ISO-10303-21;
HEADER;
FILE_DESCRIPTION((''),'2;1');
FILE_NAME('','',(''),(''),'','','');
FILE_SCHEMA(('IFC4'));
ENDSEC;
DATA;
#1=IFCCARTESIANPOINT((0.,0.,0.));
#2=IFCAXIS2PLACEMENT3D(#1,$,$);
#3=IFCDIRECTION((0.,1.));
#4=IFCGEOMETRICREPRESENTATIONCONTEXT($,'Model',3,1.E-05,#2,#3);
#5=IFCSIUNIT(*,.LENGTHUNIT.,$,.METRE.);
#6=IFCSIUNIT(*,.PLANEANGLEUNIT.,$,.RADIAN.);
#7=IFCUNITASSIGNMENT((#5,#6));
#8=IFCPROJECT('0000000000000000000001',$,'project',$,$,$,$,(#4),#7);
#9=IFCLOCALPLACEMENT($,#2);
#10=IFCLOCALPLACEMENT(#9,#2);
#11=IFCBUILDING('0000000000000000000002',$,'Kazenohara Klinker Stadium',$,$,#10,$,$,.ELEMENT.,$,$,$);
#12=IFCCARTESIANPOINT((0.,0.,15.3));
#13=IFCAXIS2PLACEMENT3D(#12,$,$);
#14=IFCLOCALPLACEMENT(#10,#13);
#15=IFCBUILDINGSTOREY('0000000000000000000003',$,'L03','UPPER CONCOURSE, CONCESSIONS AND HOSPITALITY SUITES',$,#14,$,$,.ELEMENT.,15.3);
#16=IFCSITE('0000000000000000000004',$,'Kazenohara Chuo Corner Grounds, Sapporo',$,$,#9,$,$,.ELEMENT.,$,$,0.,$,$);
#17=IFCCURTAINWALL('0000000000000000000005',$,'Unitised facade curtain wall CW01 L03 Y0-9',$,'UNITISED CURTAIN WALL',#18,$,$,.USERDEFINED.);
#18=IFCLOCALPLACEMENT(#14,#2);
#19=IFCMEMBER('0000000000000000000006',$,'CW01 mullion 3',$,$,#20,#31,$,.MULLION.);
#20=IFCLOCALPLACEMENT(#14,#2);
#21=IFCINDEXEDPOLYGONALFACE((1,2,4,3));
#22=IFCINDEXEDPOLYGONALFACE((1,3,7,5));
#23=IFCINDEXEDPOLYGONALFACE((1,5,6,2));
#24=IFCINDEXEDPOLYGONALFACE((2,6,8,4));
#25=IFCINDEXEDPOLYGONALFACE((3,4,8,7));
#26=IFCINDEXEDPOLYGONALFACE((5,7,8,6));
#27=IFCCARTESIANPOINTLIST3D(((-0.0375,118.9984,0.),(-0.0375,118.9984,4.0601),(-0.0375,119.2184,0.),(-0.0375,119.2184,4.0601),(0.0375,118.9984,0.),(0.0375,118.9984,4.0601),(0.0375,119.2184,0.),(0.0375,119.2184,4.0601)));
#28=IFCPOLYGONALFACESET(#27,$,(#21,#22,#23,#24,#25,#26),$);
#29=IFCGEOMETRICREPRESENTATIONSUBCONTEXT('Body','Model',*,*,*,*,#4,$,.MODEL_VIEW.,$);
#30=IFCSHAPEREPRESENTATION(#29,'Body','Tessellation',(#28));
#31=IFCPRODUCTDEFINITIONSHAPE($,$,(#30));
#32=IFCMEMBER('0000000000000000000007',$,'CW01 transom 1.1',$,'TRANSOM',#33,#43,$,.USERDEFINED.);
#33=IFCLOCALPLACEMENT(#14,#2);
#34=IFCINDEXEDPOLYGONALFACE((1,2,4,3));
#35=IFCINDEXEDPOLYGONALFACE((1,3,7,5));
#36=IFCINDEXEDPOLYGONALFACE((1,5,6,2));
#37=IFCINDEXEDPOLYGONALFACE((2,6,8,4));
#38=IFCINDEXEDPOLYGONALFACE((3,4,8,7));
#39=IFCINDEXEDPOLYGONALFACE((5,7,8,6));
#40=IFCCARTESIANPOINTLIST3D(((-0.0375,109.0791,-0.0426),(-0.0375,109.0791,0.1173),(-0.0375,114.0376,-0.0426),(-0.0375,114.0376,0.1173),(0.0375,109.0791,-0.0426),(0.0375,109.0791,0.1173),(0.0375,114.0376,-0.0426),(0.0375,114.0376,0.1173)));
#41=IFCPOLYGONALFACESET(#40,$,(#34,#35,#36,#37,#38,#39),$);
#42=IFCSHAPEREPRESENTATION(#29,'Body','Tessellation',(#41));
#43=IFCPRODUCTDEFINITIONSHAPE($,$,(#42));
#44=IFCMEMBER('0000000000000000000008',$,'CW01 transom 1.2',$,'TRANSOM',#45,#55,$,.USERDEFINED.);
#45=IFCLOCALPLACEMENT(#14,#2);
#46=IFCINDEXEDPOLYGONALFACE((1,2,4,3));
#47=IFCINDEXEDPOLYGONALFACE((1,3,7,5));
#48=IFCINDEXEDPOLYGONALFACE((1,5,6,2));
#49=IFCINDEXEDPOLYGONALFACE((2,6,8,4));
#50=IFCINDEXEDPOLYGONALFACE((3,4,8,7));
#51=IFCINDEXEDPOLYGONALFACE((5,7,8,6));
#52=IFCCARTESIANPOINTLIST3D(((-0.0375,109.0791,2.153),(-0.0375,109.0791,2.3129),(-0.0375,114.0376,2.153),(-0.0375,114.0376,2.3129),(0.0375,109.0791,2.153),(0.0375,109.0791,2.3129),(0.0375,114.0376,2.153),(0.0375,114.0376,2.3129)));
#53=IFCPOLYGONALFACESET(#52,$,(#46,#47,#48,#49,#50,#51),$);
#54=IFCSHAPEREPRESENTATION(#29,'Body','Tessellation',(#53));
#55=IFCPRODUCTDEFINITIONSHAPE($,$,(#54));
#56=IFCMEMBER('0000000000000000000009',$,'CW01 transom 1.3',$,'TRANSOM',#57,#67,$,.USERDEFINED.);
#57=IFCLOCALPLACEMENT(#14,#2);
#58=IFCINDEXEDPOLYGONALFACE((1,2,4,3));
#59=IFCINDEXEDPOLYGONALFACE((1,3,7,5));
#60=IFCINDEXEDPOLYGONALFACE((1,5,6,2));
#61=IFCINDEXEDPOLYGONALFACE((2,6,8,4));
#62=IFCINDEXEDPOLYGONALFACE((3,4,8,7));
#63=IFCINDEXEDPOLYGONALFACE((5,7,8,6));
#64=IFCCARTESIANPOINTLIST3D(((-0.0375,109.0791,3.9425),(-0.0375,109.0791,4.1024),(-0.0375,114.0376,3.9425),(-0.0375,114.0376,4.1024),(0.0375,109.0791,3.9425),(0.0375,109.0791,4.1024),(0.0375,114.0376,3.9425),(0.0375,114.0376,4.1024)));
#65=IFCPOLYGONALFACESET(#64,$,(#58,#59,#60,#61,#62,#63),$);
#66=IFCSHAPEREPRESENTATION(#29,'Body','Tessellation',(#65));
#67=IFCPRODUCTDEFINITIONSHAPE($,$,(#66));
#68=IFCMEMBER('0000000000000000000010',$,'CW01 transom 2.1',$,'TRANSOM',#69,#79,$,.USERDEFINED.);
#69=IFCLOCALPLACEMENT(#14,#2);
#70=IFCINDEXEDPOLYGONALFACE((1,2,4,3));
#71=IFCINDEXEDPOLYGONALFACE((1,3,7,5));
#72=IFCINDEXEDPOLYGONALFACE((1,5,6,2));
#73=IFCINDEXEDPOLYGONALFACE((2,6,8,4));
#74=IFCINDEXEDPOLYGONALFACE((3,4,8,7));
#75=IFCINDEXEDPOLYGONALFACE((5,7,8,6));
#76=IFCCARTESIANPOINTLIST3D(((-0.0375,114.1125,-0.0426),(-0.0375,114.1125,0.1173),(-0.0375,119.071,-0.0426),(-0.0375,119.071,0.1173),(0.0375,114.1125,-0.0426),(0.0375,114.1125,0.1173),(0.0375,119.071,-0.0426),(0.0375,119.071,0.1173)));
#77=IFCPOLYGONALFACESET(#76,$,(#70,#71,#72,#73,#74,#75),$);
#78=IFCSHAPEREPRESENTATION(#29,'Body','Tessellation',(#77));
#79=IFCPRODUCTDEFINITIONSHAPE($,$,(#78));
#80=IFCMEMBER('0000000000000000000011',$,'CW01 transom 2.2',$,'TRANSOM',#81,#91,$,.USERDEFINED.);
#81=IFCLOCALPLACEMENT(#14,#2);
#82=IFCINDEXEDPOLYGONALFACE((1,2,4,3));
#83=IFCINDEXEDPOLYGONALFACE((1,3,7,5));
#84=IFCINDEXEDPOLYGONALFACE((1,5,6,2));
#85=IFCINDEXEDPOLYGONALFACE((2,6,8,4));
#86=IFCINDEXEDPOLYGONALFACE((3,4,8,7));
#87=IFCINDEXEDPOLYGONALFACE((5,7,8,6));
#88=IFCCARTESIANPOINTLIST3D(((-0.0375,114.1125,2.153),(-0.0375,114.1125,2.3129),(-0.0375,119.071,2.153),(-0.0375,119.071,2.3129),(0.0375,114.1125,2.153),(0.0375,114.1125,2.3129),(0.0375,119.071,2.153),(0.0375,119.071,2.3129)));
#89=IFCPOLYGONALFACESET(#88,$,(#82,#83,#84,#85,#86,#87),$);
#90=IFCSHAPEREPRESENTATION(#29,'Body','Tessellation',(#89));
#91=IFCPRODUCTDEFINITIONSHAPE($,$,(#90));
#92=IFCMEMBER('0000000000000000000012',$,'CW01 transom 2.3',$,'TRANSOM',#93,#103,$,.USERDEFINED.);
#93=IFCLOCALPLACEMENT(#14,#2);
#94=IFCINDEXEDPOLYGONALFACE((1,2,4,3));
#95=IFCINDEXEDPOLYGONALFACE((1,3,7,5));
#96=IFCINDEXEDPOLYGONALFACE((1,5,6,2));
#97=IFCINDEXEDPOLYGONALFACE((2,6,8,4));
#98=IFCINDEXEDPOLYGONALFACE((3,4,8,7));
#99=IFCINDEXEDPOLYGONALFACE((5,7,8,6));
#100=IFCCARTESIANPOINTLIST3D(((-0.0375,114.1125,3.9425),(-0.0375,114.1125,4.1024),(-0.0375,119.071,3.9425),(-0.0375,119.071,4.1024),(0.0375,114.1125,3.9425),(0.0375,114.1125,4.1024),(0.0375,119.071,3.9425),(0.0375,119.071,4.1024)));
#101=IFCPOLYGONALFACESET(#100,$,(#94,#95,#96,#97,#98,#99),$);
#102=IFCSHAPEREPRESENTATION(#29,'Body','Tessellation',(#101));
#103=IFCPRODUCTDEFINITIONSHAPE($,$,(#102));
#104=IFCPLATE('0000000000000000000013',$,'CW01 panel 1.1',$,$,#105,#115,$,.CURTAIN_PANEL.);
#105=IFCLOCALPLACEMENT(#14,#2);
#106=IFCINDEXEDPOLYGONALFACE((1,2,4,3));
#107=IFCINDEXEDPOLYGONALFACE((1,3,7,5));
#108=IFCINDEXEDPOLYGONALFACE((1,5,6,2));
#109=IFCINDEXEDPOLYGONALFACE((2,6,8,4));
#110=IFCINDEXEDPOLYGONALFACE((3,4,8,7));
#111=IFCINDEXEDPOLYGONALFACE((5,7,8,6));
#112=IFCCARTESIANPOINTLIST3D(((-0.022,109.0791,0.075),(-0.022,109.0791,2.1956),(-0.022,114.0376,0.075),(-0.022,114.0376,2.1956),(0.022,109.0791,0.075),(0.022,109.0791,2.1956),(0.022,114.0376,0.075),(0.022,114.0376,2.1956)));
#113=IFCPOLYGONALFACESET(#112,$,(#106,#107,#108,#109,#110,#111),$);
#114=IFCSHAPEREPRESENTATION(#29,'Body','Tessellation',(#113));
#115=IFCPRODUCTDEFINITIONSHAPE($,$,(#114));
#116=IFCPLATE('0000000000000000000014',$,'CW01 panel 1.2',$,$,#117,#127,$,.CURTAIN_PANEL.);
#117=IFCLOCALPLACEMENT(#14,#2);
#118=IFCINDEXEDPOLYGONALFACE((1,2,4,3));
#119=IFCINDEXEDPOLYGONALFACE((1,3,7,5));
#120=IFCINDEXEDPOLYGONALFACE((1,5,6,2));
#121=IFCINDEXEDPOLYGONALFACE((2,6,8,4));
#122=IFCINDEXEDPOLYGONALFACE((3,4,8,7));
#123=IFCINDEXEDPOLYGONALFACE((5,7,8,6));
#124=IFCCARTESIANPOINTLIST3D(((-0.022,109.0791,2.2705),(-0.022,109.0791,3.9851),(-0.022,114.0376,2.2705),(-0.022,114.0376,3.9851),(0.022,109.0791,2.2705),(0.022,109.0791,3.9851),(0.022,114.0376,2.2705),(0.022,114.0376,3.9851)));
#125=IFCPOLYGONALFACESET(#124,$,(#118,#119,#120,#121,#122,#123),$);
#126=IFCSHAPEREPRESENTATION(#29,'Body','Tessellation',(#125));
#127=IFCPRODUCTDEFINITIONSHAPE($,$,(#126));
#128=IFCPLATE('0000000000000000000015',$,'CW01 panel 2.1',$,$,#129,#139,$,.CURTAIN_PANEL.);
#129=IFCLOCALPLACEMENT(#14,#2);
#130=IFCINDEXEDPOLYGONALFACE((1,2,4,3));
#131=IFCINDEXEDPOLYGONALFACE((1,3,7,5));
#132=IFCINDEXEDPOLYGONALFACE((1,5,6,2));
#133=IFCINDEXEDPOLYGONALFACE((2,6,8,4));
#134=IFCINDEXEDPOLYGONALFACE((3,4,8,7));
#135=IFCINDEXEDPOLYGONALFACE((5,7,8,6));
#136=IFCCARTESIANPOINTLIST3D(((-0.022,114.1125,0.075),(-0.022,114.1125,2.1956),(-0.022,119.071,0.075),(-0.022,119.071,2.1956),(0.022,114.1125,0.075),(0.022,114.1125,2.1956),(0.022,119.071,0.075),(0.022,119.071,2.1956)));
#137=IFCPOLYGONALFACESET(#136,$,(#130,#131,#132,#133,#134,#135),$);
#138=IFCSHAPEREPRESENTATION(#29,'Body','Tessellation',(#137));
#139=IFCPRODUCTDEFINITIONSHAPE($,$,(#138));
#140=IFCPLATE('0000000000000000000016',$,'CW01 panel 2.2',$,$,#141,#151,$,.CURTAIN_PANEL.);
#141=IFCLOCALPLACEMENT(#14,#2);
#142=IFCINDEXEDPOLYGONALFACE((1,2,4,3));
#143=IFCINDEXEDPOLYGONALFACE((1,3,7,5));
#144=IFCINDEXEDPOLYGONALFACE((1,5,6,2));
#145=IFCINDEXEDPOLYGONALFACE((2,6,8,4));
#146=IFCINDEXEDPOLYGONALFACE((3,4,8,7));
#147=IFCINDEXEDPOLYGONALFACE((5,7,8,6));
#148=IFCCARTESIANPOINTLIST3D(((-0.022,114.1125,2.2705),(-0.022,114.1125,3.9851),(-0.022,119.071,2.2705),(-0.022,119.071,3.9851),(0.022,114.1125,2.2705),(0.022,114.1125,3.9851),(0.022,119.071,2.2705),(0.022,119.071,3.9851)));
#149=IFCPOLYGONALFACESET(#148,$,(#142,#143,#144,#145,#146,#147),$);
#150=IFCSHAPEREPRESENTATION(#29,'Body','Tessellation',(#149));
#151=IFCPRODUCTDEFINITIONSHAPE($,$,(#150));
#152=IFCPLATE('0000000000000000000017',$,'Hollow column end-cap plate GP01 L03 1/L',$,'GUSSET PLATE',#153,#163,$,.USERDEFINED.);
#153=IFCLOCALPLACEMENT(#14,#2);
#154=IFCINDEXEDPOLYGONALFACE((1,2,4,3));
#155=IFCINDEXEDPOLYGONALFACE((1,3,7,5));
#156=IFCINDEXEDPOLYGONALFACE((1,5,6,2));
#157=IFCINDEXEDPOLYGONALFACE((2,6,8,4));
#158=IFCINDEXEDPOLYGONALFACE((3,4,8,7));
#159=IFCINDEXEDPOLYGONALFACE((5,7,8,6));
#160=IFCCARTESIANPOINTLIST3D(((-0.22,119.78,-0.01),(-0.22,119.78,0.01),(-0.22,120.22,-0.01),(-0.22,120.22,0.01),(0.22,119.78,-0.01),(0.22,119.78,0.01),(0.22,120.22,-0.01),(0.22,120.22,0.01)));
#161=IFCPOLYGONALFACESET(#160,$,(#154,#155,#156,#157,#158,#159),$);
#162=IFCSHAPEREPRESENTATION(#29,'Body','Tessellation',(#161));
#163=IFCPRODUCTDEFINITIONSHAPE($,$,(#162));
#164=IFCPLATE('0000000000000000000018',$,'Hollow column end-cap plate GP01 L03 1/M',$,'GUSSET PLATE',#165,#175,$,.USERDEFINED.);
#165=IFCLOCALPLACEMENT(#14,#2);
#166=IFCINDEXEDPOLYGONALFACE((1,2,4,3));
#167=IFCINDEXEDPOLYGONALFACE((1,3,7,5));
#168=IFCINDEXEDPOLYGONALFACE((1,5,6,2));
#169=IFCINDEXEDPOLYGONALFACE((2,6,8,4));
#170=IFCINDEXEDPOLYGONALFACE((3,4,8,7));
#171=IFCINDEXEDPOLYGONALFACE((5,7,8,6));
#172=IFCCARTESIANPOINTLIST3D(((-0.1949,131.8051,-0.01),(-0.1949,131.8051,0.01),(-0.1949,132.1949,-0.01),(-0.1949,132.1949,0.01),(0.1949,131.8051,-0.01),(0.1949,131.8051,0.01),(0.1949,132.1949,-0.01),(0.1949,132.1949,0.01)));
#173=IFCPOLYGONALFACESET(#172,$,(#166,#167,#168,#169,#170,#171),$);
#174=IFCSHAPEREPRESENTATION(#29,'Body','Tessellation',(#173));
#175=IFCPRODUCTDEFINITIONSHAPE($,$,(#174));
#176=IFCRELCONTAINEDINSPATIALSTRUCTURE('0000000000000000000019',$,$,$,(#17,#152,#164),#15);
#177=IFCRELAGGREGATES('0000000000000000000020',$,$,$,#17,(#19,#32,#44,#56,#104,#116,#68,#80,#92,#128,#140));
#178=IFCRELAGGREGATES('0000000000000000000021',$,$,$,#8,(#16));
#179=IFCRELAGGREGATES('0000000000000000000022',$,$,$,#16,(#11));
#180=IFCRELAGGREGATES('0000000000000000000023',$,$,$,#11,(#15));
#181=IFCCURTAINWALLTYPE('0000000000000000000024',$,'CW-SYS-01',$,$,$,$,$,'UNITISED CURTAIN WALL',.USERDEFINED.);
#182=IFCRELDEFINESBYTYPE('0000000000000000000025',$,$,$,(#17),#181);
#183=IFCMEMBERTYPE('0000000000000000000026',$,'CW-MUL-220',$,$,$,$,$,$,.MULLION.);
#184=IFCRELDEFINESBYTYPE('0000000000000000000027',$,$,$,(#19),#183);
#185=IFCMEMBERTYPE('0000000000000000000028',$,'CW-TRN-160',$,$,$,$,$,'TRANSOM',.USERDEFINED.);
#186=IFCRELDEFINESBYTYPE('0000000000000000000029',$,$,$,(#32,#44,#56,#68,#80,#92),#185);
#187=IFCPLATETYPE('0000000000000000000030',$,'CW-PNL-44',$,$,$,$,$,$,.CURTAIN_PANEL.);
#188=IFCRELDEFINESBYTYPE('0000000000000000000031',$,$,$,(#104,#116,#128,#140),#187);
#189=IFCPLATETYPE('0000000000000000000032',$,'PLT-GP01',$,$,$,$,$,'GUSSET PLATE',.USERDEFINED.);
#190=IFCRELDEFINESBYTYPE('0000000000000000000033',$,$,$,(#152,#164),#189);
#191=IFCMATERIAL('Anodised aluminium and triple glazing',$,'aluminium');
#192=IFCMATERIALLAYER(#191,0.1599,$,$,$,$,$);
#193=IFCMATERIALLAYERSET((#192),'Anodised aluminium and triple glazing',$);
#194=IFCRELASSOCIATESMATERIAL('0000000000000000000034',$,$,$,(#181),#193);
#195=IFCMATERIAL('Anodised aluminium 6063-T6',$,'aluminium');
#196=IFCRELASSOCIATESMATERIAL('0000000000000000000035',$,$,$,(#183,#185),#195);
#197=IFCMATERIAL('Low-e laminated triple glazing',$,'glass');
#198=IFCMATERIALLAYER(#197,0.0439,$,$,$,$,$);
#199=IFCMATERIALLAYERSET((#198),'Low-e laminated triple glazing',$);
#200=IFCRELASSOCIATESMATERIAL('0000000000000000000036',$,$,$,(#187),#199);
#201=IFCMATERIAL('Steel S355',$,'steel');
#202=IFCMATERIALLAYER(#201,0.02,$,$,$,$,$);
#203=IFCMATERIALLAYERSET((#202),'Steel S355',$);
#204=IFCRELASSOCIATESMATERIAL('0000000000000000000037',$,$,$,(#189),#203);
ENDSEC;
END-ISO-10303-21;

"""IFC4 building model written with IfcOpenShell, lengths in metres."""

from ifc_helpers import new_model, si_unit, direction, frame, origin, origin_2d, place, context, subcontext, project, spatial, rectangle, extrude, material, layer, layer_set, material_profile, profile_set, type_object, element, aggregate, save


model = new_model("IFC4")

# Units and contexts
model_context = context("Model", 3, precision=1e-05, world=origin(), true_north=direction((0.0, 1.0)))
body_context = subcontext(model_context, "Body", "Model", "MODEL_VIEW")
ifc_project = project(units=[si_unit("LENGTHUNIT", "METRE"), si_unit("PLANEANGLEUNIT", "RADIAN")], contexts=[model_context])

# Site, building, storey
site_placement = place(None, origin())
site = spatial("IfcSite", under=ifc_project, at=site_placement, Name="Kazenohara Chuo Corner Grounds, Sapporo", CompositionType="ELEMENT", RefElevation=0.0)
building_placement = place(site_placement, origin())
building = spatial("IfcBuilding", under=site, at=building_placement, Name="Kazenohara Klinker Stadium", CompositionType="ELEMENT")
storey_placement = place(building_placement, frame((0.0, 0.0, 15.3)))
storey = spatial("IfcBuildingStorey", under=building, at=storey_placement, Name="L03", Description="UPPER CONCOURSE, CONCESSIONS AND HOSPITALITY SUITES", CompositionType="ELEMENT", Elevation=15.3)

# Shared definitions
ifc_material_1 = material(Name="Steel S355", Category="steel")

# Curtain wall, members, plates
ifc_material_2 = material(Name="Anodised aluminium and triple glazing", Category="aluminium")
ifc_layer_1 = layer(ifc_material_2, 0.1599)
ifc_layer_set_1 = layer_set([ifc_layer_1], Name="Anodised aluminium and triple glazing")
curtain_wall_type = type_object("IfcCurtainWallType", Name="CW-SYS-01", ElementType="UNITISED CURTAIN WALL", PredefinedType="USERDEFINED", material=ifc_layer_set_1)
curtain_wall_placement = place(storey_placement, origin())
curtain_wall = element("IfcCurtainWall", 1, at=curtain_wall_placement, inside=storey, type_object=curtain_wall_type, Name="Unitised facade curtain wall CW01 L03 Y0-9", ObjectType="UNITISED CURTAIN WALL", PredefinedType="USERDEFINED")
ifc_material_3 = material(Name="Anodised aluminium 6063-T6", Category="aluminium")
ifc_material_profile_1 = material_profile(ifc_material_3, rectangle(XDim=0.075, YDim=0.22, at=origin_2d()), Name="ALU-MUL-75x220")
ifc_profile_set_1 = profile_set([ifc_material_profile_1], Name="Anodised aluminium 6063-T6")
member_type_1 = type_object("IfcMemberType", Name="CW-MUL-220", PredefinedType="MULLION", material=ifc_profile_set_1)
member_1_placement = place(storey_placement, frame((0.0, 119.1084, 0.0), z_axis=(0.0, 0.0, 1.0), x_axis=(-1.0, 0.0, 0.0)))
member_1 = element("IfcMember", 2, at=member_1_placement, type_object=member_type_1, Name="CW01 mullion 3", PredefinedType="MULLION", context=body_context, shape_type="SweptSolid", body=[
    extrude(rectangle(XDim=0.075, YDim=0.22, at=origin_2d()), origin(), (0.0, 0.0, 1.0), 4.0601),
])
ifc_material_profile_2 = material_profile(ifc_material_3, rectangle(XDim=0.075, YDim=0.1599, at=origin_2d()), Name="ALU-TRN-75x160")
ifc_profile_set_2 = profile_set([ifc_material_profile_2], Name="Anodised aluminium 6063-T6")
member_type_2 = type_object("IfcMemberType", Name="CW-TRN-160", ElementType="TRANSOM", PredefinedType="USERDEFINED", material=ifc_profile_set_2)
member_2_placement = place(storey_placement, frame((0.0, 109.0791, 0.0374), z_axis=(0.0, 1.0, 0.0), x_axis=(-1.0, 0.0, 0.0)))
member_2 = element("IfcMember", 3, at=member_2_placement, type_object=member_type_2, Name="CW01 transom 1.1", ObjectType="TRANSOM", PredefinedType="USERDEFINED", context=body_context, shape_type="SweptSolid", body=[
    extrude(rectangle(XDim=0.075, YDim=0.1599, at=origin_2d()), origin(), (0.0, 0.0, 1.0), 4.9585),
])
member_3_placement = place(storey_placement, frame((0.0, 109.0791, 2.2329), z_axis=(0.0, 1.0, 0.0), x_axis=(-1.0, 0.0, 0.0)))
member_3 = element("IfcMember", 4, at=member_3_placement, type_object=member_type_2, Name="CW01 transom 1.2", ObjectType="TRANSOM", PredefinedType="USERDEFINED", context=body_context, shape_type="SweptSolid", body=[
    extrude(rectangle(XDim=0.075, YDim=0.1599, at=origin_2d()), origin(), (0.0, 0.0, 1.0), 4.9585),
])
member_4_placement = place(storey_placement, frame((0.0, 109.0791, 4.0225), z_axis=(0.0, 1.0, 0.0), x_axis=(-1.0, 0.0, 0.0)))
member_4 = element("IfcMember", 5, at=member_4_placement, type_object=member_type_2, Name="CW01 transom 1.3", ObjectType="TRANSOM", PredefinedType="USERDEFINED", context=body_context, shape_type="SweptSolid", body=[
    extrude(rectangle(XDim=0.075, YDim=0.1599, at=origin_2d()), origin(), (0.0, 0.0, 1.0), 4.9585),
])
member_5_placement = place(storey_placement, frame((0.0, 114.1125, 0.0374), z_axis=(0.0, 1.0, 0.0), x_axis=(-1.0, 0.0, 0.0)))
member_5 = element("IfcMember", 6, at=member_5_placement, type_object=member_type_2, Name="CW01 transom 2.1", ObjectType="TRANSOM", PredefinedType="USERDEFINED", context=body_context, shape_type="SweptSolid", body=[
    extrude(rectangle(XDim=0.075, YDim=0.1599, at=origin_2d()), origin(), (0.0, 0.0, 1.0), 4.9585),
])
member_6_placement = place(storey_placement, frame((0.0, 114.1125, 2.2329), z_axis=(0.0, 1.0, 0.0), x_axis=(-1.0, 0.0, 0.0)))
member_6 = element("IfcMember", 7, at=member_6_placement, type_object=member_type_2, Name="CW01 transom 2.2", ObjectType="TRANSOM", PredefinedType="USERDEFINED", context=body_context, shape_type="SweptSolid", body=[
    extrude(rectangle(XDim=0.075, YDim=0.1599, at=origin_2d()), origin(), (0.0, 0.0, 1.0), 4.9585),
])
member_7_placement = place(storey_placement, frame((0.0, 114.1125, 4.0225), z_axis=(0.0, 1.0, 0.0), x_axis=(-1.0, 0.0, 0.0)))
member_7 = element("IfcMember", 8, at=member_7_placement, type_object=member_type_2, Name="CW01 transom 2.3", ObjectType="TRANSOM", PredefinedType="USERDEFINED", context=body_context, shape_type="SweptSolid", body=[
    extrude(rectangle(XDim=0.075, YDim=0.1599, at=origin_2d()), origin(), (0.0, 0.0, 1.0), 4.9585),
])
ifc_material_4 = material(Name="Low-e laminated triple glazing", Category="glass")
ifc_layer_2 = layer(ifc_material_4, 0.0439)
ifc_layer_set_2 = layer_set([ifc_layer_2], Name="Low-e laminated triple glazing")
plate_type_1 = type_object("IfcPlateType", Name="CW-PNL-44", PredefinedType="CURTAIN_PANEL", material=ifc_layer_set_2)
plate_1_placement = place(storey_placement, frame((0.0, 111.5583, 0.075), z_axis=(0.0, 0.0, 1.0), x_axis=(0.0, 1.0, 0.0)))
plate_1 = element("IfcPlate", 9, at=plate_1_placement, type_object=plate_type_1, Name="CW01 panel 1.1", PredefinedType="CURTAIN_PANEL", context=body_context, shape_type="SweptSolid", body=[
    extrude(rectangle(XDim=4.9585, YDim=0.0439, at=origin_2d()), origin(), (0.0, 0.0, 1.0), 2.1206),
])
plate_2_placement = place(storey_placement, frame((0.0, 111.5583, 2.2705), z_axis=(0.0, 0.0, 1.0), x_axis=(0.0, 1.0, 0.0)))
plate_2 = element("IfcPlate", 10, at=plate_2_placement, type_object=plate_type_1, Name="CW01 panel 1.2", PredefinedType="CURTAIN_PANEL", context=body_context, shape_type="SweptSolid", body=[
    extrude(rectangle(XDim=4.9585, YDim=0.0439, at=origin_2d()), origin(), (0.0, 0.0, 1.0), 1.7146),
])
plate_3_placement = place(storey_placement, frame((0.0, 116.5918, 0.075), z_axis=(0.0, 0.0, 1.0), x_axis=(0.0, 1.0, 0.0)))
plate_3 = element("IfcPlate", 11, at=plate_3_placement, type_object=plate_type_1, Name="CW01 panel 2.1", PredefinedType="CURTAIN_PANEL", context=body_context, shape_type="SweptSolid", body=[
    extrude(rectangle(XDim=4.9585, YDim=0.0439, at=origin_2d()), origin(), (0.0, 0.0, 1.0), 2.1206),
])
plate_4_placement = place(storey_placement, frame((0.0, 116.5918, 2.2705), z_axis=(0.0, 0.0, 1.0), x_axis=(0.0, 1.0, 0.0)))
plate_4 = element("IfcPlate", 12, at=plate_4_placement, type_object=plate_type_1, Name="CW01 panel 2.2", PredefinedType="CURTAIN_PANEL", context=body_context, shape_type="SweptSolid", body=[
    extrude(rectangle(XDim=4.9585, YDim=0.0439, at=origin_2d()), origin(), (0.0, 0.0, 1.0), 1.7146),
])
aggregate(curtain_wall, [member_1, member_2, member_3, member_4, plate_1, plate_2, member_5, member_6, member_7, plate_3, plate_4])

# Plates
ifc_layer_3 = layer(ifc_material_1, 0.02)
ifc_layer_set_3 = layer_set([ifc_layer_3], Name="Steel S355")
plate_type_2 = type_object("IfcPlateType", Name="PLT-GP01", ElementType="GUSSET PLATE", PredefinedType="USERDEFINED", material=ifc_layer_set_3)
plate_5_placement = place(storey_placement, frame((0.0, 120.0, -0.01), z_axis=(0.0, 0.0, 1.0), x_axis=(1.0, 0.0, 0.0)))
element("IfcPlate", 13, at=plate_5_placement, inside=storey, type_object=plate_type_2, Name="Hollow column end-cap plate GP01 L03 1/L", ObjectType="GUSSET PLATE", PredefinedType="USERDEFINED", context=body_context, shape_type="SweptSolid", body=[
    extrude(rectangle(XDim=0.4399, YDim=0.4399, at=origin_2d()), origin(), (0.0, 0.0, 1.0), 0.02),
])
plate_6_placement = place(storey_placement, frame((0.0, 132.0, -0.01), z_axis=(0.0, 0.0, 1.0), x_axis=(1.0, 0.0, 0.0)))
element("IfcPlate", 14, at=plate_6_placement, inside=storey, type_object=plate_type_2, Name="Hollow column end-cap plate GP01 L03 1/M", ObjectType="GUSSET PLATE", PredefinedType="USERDEFINED", context=body_context, shape_type="SweptSolid", body=[
    extrude(rectangle(XDim=0.3899, YDim=0.3899, at=origin_2d()), origin(), (0.0, 0.0, 1.0), 0.02),
])

save(model, "model.ifc")
